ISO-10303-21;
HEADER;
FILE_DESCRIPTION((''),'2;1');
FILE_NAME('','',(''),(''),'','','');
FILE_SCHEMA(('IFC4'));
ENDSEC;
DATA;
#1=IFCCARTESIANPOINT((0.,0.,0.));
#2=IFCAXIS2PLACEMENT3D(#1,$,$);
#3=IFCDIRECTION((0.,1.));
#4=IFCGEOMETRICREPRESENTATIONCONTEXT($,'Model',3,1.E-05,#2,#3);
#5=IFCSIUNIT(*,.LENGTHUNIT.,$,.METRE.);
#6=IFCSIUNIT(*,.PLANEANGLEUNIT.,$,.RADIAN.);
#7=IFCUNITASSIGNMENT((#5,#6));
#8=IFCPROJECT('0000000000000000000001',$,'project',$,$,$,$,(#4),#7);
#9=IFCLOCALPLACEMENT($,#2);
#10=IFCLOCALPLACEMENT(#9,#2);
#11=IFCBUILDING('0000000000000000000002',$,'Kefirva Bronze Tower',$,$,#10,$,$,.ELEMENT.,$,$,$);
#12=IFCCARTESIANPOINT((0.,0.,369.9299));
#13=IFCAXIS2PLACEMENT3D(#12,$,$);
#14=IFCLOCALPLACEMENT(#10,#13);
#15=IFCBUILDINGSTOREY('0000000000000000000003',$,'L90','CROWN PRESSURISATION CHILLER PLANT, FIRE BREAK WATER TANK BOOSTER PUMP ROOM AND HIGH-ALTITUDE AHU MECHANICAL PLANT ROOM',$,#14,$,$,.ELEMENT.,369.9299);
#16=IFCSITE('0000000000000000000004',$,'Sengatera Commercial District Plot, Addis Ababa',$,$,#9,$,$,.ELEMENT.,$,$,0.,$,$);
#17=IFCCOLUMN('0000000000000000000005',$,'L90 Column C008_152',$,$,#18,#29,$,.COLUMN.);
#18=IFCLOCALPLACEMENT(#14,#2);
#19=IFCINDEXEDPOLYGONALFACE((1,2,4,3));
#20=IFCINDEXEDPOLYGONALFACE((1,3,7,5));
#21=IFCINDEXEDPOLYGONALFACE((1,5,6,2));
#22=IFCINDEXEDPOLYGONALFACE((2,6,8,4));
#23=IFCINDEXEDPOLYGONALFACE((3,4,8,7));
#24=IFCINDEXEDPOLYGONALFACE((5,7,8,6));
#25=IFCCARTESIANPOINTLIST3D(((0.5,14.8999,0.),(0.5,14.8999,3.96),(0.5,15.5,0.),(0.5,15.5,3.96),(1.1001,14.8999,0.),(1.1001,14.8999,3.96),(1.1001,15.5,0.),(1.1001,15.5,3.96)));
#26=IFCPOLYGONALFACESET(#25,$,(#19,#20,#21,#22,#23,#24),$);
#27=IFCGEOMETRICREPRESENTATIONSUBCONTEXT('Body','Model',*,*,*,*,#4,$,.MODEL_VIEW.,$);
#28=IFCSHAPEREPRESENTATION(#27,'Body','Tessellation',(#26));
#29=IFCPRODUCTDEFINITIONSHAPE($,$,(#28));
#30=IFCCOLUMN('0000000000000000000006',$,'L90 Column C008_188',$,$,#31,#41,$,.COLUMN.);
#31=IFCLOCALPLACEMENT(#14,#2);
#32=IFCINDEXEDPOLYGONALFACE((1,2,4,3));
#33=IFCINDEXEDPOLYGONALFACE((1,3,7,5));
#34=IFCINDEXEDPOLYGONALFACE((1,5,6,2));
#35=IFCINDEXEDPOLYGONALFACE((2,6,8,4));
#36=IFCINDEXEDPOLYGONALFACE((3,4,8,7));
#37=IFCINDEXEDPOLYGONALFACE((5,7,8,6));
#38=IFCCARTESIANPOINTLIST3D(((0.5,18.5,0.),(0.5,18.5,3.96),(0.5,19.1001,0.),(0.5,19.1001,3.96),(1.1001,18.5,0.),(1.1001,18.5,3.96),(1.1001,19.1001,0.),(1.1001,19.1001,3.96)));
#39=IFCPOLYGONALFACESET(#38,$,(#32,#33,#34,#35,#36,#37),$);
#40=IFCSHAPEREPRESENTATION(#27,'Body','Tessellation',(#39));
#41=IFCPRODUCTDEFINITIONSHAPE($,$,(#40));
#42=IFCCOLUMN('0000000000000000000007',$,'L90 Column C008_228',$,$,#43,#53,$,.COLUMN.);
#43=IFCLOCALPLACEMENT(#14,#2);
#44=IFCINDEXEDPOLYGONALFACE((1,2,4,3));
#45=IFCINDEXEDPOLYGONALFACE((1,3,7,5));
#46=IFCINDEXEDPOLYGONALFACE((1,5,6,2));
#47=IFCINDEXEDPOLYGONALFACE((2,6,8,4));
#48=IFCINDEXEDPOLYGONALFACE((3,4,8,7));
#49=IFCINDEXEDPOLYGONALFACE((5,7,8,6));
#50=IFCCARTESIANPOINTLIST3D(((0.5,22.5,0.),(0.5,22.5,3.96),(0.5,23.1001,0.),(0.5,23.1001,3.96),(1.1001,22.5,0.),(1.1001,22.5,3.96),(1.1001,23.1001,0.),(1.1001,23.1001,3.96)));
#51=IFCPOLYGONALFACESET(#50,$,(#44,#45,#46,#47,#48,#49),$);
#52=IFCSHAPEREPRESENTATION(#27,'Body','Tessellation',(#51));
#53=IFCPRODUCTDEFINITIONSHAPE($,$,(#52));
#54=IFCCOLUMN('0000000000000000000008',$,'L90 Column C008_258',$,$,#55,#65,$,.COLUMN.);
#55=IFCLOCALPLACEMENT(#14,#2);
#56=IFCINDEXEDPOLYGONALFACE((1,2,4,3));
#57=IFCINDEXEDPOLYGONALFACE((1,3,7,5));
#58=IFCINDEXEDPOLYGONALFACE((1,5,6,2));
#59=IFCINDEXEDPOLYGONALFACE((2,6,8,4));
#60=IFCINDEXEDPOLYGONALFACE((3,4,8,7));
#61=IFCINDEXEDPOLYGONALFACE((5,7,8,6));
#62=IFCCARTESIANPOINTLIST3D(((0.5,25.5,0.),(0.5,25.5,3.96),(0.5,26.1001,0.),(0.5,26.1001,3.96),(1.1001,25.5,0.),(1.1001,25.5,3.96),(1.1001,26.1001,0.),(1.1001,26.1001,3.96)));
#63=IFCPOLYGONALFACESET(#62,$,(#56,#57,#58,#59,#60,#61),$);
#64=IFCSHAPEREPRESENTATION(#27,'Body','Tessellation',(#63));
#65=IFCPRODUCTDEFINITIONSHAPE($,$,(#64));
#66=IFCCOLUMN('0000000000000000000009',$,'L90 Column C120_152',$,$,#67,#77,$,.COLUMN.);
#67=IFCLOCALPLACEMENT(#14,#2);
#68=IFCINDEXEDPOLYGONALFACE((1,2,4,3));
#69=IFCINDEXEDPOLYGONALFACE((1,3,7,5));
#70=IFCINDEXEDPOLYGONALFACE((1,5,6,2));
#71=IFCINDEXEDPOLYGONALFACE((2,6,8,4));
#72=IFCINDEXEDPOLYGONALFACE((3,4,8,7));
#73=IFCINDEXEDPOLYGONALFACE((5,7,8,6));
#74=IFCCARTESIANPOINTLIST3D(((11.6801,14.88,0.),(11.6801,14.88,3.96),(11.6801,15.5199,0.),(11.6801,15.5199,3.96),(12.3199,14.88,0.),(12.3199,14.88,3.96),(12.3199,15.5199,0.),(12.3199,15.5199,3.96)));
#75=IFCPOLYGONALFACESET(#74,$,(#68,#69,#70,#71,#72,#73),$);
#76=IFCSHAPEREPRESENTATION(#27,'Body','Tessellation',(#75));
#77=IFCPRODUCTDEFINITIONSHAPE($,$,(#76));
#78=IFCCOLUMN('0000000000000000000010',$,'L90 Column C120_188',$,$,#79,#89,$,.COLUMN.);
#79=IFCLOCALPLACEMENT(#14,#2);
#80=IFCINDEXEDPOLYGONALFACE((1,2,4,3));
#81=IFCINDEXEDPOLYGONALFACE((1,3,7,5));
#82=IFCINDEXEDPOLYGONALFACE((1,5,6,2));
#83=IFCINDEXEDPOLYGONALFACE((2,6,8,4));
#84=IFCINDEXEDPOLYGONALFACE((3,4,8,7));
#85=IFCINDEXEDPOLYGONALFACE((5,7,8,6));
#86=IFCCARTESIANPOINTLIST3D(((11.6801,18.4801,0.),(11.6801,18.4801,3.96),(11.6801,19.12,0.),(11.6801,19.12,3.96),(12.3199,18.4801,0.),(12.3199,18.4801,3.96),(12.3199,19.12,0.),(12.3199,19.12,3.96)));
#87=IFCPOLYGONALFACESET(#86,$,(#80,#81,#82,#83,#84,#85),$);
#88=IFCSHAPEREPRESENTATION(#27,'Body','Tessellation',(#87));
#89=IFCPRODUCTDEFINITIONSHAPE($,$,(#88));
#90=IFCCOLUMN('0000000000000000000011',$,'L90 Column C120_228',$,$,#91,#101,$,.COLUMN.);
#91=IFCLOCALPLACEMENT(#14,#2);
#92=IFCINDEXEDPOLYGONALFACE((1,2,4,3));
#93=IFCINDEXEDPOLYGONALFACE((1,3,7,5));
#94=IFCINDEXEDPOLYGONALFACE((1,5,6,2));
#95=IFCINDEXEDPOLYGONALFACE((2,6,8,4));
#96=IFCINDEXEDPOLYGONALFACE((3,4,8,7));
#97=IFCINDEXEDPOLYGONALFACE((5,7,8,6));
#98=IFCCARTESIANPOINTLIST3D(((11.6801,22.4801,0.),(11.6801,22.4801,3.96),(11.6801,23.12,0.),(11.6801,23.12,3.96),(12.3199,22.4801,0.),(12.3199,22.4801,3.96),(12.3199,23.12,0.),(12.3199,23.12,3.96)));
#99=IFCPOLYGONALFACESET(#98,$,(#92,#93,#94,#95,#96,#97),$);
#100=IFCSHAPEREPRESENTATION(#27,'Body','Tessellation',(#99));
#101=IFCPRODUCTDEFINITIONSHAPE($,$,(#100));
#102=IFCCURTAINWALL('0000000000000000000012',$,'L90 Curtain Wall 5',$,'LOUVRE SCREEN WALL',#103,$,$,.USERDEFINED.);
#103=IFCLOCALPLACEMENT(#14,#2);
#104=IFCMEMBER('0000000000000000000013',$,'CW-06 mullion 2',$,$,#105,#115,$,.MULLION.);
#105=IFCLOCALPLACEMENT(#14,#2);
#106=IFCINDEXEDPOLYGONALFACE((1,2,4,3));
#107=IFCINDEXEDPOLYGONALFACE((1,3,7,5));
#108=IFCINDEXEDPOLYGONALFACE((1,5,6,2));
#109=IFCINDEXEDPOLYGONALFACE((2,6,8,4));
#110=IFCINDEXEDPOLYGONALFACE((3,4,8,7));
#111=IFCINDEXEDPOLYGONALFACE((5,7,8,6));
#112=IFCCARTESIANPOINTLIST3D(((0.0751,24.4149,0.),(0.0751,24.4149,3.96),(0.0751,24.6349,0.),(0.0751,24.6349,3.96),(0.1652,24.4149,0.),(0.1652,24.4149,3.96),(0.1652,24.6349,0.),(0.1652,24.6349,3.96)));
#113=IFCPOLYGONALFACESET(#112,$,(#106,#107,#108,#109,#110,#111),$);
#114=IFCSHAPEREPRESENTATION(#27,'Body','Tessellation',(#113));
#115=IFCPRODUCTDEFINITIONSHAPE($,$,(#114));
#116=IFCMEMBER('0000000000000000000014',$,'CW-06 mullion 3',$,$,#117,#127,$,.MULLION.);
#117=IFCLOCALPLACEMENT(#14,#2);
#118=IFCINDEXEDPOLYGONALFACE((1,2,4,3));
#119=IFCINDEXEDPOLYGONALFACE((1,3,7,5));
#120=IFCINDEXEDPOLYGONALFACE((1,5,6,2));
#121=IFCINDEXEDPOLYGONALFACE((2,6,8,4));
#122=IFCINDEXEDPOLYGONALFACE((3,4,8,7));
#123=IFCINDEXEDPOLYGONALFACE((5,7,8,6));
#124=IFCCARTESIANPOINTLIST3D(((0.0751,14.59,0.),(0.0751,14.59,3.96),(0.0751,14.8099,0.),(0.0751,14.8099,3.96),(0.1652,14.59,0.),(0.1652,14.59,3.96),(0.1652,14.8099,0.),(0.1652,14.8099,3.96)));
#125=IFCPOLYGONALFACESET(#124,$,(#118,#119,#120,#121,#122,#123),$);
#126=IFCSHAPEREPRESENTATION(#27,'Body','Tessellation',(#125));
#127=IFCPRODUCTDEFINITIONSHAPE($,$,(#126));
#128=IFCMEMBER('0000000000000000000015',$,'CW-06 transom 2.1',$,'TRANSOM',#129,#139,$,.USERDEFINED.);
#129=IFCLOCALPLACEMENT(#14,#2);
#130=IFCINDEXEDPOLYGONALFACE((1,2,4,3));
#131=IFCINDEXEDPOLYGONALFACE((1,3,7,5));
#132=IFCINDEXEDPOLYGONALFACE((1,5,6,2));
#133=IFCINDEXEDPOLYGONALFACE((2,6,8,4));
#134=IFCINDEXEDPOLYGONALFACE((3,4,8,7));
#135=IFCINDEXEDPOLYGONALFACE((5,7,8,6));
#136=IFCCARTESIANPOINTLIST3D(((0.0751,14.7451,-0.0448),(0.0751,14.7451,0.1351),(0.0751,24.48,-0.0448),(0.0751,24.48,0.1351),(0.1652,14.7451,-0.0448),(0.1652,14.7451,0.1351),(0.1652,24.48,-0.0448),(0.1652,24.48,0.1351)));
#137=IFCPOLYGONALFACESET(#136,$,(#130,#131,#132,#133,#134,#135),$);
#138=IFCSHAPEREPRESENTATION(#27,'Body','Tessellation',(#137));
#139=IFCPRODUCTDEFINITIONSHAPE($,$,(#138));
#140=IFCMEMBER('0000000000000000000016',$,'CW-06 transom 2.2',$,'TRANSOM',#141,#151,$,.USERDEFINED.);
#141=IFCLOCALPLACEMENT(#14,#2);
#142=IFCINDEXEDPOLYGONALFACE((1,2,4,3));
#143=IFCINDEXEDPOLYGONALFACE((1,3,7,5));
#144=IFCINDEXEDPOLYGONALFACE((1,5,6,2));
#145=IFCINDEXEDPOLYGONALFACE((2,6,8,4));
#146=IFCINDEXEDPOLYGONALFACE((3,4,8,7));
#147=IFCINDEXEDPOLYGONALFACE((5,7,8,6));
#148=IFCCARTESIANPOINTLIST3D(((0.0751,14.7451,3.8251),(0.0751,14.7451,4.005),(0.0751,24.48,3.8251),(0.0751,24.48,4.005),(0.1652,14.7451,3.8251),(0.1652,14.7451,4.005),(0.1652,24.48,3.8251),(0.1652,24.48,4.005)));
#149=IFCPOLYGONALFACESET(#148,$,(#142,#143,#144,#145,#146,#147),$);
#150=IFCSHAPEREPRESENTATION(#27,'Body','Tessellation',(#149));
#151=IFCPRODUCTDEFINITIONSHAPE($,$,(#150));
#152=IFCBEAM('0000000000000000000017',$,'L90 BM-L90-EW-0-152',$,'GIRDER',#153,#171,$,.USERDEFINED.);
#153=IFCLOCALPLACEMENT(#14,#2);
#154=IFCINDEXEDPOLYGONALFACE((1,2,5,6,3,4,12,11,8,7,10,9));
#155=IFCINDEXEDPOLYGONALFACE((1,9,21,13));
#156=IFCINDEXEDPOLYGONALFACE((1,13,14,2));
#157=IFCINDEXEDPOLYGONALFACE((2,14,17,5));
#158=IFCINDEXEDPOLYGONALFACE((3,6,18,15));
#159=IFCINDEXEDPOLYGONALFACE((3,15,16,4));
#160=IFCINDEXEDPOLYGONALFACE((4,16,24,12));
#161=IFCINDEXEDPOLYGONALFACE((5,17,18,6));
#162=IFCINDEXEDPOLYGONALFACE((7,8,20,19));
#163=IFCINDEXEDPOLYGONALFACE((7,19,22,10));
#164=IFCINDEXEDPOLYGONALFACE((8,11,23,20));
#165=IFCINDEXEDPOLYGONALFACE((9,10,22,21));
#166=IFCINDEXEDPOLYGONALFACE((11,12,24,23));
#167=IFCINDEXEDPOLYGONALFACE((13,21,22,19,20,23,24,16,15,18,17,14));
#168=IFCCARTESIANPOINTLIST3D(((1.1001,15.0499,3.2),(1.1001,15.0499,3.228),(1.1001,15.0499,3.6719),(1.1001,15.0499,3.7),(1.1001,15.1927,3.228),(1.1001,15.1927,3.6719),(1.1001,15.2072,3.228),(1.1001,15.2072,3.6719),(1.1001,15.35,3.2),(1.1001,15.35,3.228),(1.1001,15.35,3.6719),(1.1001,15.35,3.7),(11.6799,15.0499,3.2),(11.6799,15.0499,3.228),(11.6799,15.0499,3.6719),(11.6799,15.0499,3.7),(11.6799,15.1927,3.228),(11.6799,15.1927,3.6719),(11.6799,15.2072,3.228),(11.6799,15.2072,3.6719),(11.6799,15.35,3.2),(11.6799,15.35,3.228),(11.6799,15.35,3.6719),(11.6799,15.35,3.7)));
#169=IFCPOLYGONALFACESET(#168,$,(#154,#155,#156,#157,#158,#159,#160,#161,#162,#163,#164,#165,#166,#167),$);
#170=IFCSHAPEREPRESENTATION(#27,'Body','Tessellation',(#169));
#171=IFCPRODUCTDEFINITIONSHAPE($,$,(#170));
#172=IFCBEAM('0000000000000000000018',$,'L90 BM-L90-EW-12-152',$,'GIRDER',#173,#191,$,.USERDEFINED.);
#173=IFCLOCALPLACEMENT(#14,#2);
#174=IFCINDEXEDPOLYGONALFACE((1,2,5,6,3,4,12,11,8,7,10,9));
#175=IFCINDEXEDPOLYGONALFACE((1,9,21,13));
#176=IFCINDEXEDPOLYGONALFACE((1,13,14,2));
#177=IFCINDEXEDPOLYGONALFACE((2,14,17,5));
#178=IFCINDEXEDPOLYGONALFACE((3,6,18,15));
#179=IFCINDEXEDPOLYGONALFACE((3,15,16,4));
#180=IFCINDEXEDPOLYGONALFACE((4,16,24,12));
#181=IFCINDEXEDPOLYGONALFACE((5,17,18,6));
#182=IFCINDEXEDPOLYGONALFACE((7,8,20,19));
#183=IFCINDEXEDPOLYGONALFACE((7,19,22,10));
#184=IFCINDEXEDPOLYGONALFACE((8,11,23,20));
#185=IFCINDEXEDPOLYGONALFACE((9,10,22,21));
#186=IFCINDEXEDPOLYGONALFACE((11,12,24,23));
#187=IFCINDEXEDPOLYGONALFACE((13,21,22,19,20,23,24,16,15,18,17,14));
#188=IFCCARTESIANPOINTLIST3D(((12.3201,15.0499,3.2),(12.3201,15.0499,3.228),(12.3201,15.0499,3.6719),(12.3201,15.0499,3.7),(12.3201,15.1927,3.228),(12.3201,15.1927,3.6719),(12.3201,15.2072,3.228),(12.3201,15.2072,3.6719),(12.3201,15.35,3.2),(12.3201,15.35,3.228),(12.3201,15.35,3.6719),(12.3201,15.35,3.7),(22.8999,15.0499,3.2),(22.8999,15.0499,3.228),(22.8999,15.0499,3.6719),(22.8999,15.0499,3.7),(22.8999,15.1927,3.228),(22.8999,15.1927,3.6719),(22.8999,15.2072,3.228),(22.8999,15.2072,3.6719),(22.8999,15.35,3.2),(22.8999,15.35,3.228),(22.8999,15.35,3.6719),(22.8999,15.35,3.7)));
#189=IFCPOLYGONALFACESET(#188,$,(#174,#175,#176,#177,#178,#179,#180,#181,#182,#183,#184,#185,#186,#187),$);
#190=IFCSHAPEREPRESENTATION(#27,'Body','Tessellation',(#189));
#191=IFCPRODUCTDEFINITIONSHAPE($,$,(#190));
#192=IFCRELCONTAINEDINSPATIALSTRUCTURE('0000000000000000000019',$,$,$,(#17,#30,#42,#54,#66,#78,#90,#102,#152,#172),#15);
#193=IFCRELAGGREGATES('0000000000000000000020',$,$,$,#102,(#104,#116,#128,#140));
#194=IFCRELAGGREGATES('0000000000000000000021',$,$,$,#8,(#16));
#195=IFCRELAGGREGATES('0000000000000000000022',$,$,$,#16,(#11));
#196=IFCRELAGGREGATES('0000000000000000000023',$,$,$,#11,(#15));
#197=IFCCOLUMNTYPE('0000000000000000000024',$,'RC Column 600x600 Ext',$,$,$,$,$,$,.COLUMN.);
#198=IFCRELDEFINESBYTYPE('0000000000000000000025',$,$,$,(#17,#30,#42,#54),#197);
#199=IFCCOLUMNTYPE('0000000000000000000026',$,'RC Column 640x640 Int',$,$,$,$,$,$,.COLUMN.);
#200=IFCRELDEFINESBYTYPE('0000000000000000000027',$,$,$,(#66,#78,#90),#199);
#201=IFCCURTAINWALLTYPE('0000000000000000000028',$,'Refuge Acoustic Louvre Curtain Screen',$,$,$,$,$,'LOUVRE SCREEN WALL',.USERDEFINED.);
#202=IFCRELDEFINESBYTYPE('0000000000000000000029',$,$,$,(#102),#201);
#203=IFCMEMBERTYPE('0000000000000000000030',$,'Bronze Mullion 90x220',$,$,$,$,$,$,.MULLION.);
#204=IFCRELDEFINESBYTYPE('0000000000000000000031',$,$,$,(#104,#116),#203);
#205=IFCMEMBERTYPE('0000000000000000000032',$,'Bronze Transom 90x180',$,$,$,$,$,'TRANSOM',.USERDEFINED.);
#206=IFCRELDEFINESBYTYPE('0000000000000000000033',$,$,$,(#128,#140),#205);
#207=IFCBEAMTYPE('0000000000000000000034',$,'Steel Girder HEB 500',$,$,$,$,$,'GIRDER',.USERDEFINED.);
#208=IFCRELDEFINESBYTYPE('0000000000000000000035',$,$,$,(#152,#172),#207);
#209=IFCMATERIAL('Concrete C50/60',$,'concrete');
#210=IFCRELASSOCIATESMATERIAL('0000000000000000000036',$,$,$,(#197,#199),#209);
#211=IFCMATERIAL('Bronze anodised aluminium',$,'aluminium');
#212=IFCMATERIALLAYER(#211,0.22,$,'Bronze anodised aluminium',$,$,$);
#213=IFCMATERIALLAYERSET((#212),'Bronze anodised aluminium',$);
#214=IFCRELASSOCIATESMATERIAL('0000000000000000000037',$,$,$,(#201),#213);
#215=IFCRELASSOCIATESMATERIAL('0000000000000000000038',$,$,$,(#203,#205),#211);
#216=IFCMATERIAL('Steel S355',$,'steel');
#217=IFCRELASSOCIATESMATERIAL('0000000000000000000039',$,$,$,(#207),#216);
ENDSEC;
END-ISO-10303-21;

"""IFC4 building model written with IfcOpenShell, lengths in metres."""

from ifc_helpers import new_model, si_unit, direction, frame, origin, origin_2d, place, context, subcontext, project, spatial, rectangle, i_section, extrude, material, layer, layer_set, material_profile, profile_set, type_object, element, aggregate, save


model = new_model("IFC4")

# Units and contexts
model_context = context("Model", 3, precision=1e-05, world=origin(), true_north=direction((0.0, 1.0)))
body_context = subcontext(model_context, "Body", "Model", "MODEL_VIEW")
ifc_project = project(units=[si_unit("LENGTHUNIT", "METRE"), si_unit("PLANEANGLEUNIT", "RADIAN")], contexts=[model_context])

# Site, building, storey
site_placement = place(None, origin())
site = spatial("IfcSite", under=ifc_project, at=site_placement, Name="Sengatera Commercial District Plot, Addis Ababa", CompositionType="ELEMENT", RefElevation=0.0)
building_placement = place(site_placement, origin())
building = spatial("IfcBuilding", under=site, at=building_placement, Name="Kefirva Bronze Tower", CompositionType="ELEMENT")
storey_placement = place(building_placement, frame((0.0, 0.0, 369.9299)))
storey = spatial("IfcBuildingStorey", under=building, at=storey_placement, Name="L90", Description="CROWN PRESSURISATION CHILLER PLANT, FIRE BREAK WATER TANK BOOSTER PUMP ROOM AND HIGH-ALTITUDE AHU MECHANICAL PLANT ROOM", CompositionType="ELEMENT", Elevation=369.9299)

# Columns
ifc_material_1 = material(Name="Concrete C50/60", Category="concrete")
ifc_material_profile_1 = material_profile(ifc_material_1, rectangle(XDim=0.6001, YDim=0.6001, at=origin_2d()), Name="RC 600x600")
ifc_profile_set_1 = profile_set([ifc_material_profile_1], Name="Concrete C50/60")
column_type_1 = type_object("IfcColumnType", Name="RC Column 600x600 Ext", PredefinedType="COLUMN", material=ifc_profile_set_1)
for number, where, z_axis, x_axis, name in (
    (1, (0.8, 15.2, 0.0), (0.0, 0.0, 1.0), (1.0, 0.0, 0.0), "L90 Column C008_152"),
    (2, (0.8, 18.8, 0.0), (0.0, 0.0, 1.0), (1.0, 0.0, 0.0), "L90 Column C008_188"),
    (3, (0.8, 22.8, 0.0), (0.0, 0.0, 1.0), (1.0, 0.0, 0.0), "L90 Column C008_228"),
    (4, (0.8, 25.8, 0.0), (0.0, 0.0, 1.0), (1.0, 0.0, 0.0), "L90 Column C008_258"),
):
    element("IfcColumn", number, at=place(storey_placement, frame(where, z_axis=z_axis, x_axis=x_axis)), inside=storey, type_object=column_type_1, Name=name, PredefinedType="COLUMN", context=body_context, shape_type="SweptSolid", body=[
        extrude(rectangle(XDim=0.6001, YDim=0.6001, at=origin_2d()), origin(), (0.0, 0.0, 1.0), 3.96),
    ])
ifc_material_profile_2 = material_profile(ifc_material_1, rectangle(XDim=0.6399, YDim=0.6399, at=origin_2d()), Name="RC 640x640")
ifc_profile_set_2 = profile_set([ifc_material_profile_2], Name="Concrete C50/60")
column_type_2 = type_object("IfcColumnType", Name="RC Column 640x640 Int", PredefinedType="COLUMN", material=ifc_profile_set_2)
for number, where, z_axis, x_axis, name in (
    (5, (12.0, 15.2, 0.0), (0.0, 0.0, 1.0), (1.0, 0.0, 0.0), "L90 Column C120_152"),
    (6, (12.0, 18.8, 0.0), (0.0, 0.0, 1.0), (1.0, 0.0, 0.0), "L90 Column C120_188"),
    (7, (12.0, 22.8, 0.0), (0.0, 0.0, 1.0), (1.0, 0.0, 0.0), "L90 Column C120_228"),
):
    element("IfcColumn", number, at=place(storey_placement, frame(where, z_axis=z_axis, x_axis=x_axis)), inside=storey, type_object=column_type_2, Name=name, PredefinedType="COLUMN", context=body_context, shape_type="SweptSolid", body=[
        extrude(rectangle(XDim=0.6399, YDim=0.6399, at=origin_2d()), origin(), (0.0, 0.0, 1.0), 3.96),
    ])

# Curtain wall, members
ifc_material_2 = material(Name="Bronze anodised aluminium", Category="aluminium")
ifc_layer_1 = layer(ifc_material_2, 0.22, Name="Bronze anodised aluminium")
ifc_layer_set_1 = layer_set([ifc_layer_1], Name="Bronze anodised aluminium")
curtain_wall_type = type_object("IfcCurtainWallType", Name="Refuge Acoustic Louvre Curtain Screen", ElementType="LOUVRE SCREEN WALL", PredefinedType="USERDEFINED", material=ifc_layer_set_1)
curtain_wall_placement = place(storey_placement, origin())
curtain_wall = element("IfcCurtainWall", 8, at=curtain_wall_placement, inside=storey, type_object=curtain_wall_type, Name="L90 Curtain Wall 5", ObjectType="LOUVRE SCREEN WALL", PredefinedType="USERDEFINED")
ifc_material_profile_3 = material_profile(ifc_material_2, rectangle(XDim=0.0901, YDim=0.22, at=origin_2d()), Name="ALU 90x220")
ifc_profile_set_3 = profile_set([ifc_material_profile_3], Name="Bronze anodised aluminium")
member_type_1 = type_object("IfcMemberType", Name="Bronze Mullion 90x220", PredefinedType="MULLION", material=ifc_profile_set_3)
member_1_placement = place(storey_placement, frame((0.1201, 24.5249, 0.0), z_axis=(0.0, 0.0, 1.0), x_axis=(1.0, 0.0, 0.0)))
member_1 = element("IfcMember", 9, at=member_1_placement, type_object=member_type_1, Name="CW-06 mullion 2", PredefinedType="MULLION", context=body_context, shape_type="SweptSolid", body=[
    extrude(rectangle(XDim=0.0901, YDim=0.22, at=origin_2d()), origin(), (0.0, 0.0, 1.0), 3.96),
])
member_2_placement = place(storey_placement, frame((0.1201, 14.7, 0.0), z_axis=(0.0, 0.0, 1.0), x_axis=(1.0, 0.0, 0.0)))
member_2 = element("IfcMember", 10, at=member_2_placement, type_object=member_type_1, Name="CW-06 mullion 3", PredefinedType="MULLION", context=body_context, shape_type="SweptSolid", body=[
    extrude(rectangle(XDim=0.0901, YDim=0.22, at=origin_2d()), origin(), (0.0, 0.0, 1.0), 3.96),
])
ifc_material_profile_4 = material_profile(ifc_material_2, rectangle(XDim=0.0901, YDim=0.1799, at=origin_2d()), Name="ALU 90x180")
ifc_profile_set_4 = profile_set([ifc_material_profile_4], Name="Bronze anodised aluminium")
member_type_2 = type_object("IfcMemberType", Name="Bronze Transom 90x180", ElementType="TRANSOM", PredefinedType="USERDEFINED", material=ifc_profile_set_4)
member_3_placement = place(storey_placement, frame((0.1201, 24.48, 0.0452), z_axis=(0.0, -1.0, 0.0), x_axis=(1.0, 0.0, 0.0)))
member_3 = element("IfcMember", 11, at=member_3_placement, type_object=member_type_2, Name="CW-06 transom 2.1", ObjectType="TRANSOM", PredefinedType="USERDEFINED", context=body_context, shape_type="SweptSolid", body=[
    extrude(rectangle(XDim=0.0901, YDim=0.1799, at=origin_2d()), origin(), (0.0, 0.0, 1.0), 9.7349),
])
member_4_placement = place(storey_placement, frame((0.1201, 24.48, 3.915), z_axis=(0.0, -1.0, 0.0), x_axis=(1.0, 0.0, 0.0)))
member_4 = element("IfcMember", 12, at=member_4_placement, type_object=member_type_2, Name="CW-06 transom 2.2", ObjectType="TRANSOM", PredefinedType="USERDEFINED", context=body_context, shape_type="SweptSolid", body=[
    extrude(rectangle(XDim=0.0901, YDim=0.1799, at=origin_2d()), origin(), (0.0, 0.0, 1.0), 9.7349),
])

# Beams
ifc_material_3 = material(Name="Steel S355", Category="steel")
ifc_material_profile_5 = material_profile(ifc_material_3, i_section(OverallWidth=0.3, OverallDepth=0.5, WebThickness=0.0144, FlangeThickness=0.0281, at=origin_2d()), Name="HEB 500")
ifc_profile_set_5 = profile_set([ifc_material_profile_5], Name="Steel S355")
beam_type_1 = type_object("IfcBeamType", Name="Steel Girder HEB 500", ElementType="GIRDER", PredefinedType="USERDEFINED", material=ifc_profile_set_5)
for number, where, z_axis, x_axis, name in (
    (13, (1.1001, 15.2, 3.45), (1.0, 0.0, 0.0), (0.0, 1.0, 0.0), "L90 BM-L90-EW-0-152"),
    (14, (12.3201, 15.2, 3.45), (1.0, 0.0, 0.0), (0.0, 1.0, 0.0), "L90 BM-L90-EW-12-152"),
):
    element("IfcBeam", number, at=place(storey_placement, frame(where, z_axis=z_axis, x_axis=x_axis)), inside=storey, type_object=beam_type_1, Name=name, ObjectType="GIRDER", PredefinedType="USERDEFINED", context=body_context, shape_type="SweptSolid", body=[
        extrude(i_section(OverallWidth=0.3, OverallDepth=0.5, WebThickness=0.0144, FlangeThickness=0.0281, at=origin_2d()), origin(), (0.0, 0.0, 1.0), 10.5798),
    ])

aggregate(curtain_wall, [member_1, member_2, member_3, member_4])

save(model, "model.ifc")
